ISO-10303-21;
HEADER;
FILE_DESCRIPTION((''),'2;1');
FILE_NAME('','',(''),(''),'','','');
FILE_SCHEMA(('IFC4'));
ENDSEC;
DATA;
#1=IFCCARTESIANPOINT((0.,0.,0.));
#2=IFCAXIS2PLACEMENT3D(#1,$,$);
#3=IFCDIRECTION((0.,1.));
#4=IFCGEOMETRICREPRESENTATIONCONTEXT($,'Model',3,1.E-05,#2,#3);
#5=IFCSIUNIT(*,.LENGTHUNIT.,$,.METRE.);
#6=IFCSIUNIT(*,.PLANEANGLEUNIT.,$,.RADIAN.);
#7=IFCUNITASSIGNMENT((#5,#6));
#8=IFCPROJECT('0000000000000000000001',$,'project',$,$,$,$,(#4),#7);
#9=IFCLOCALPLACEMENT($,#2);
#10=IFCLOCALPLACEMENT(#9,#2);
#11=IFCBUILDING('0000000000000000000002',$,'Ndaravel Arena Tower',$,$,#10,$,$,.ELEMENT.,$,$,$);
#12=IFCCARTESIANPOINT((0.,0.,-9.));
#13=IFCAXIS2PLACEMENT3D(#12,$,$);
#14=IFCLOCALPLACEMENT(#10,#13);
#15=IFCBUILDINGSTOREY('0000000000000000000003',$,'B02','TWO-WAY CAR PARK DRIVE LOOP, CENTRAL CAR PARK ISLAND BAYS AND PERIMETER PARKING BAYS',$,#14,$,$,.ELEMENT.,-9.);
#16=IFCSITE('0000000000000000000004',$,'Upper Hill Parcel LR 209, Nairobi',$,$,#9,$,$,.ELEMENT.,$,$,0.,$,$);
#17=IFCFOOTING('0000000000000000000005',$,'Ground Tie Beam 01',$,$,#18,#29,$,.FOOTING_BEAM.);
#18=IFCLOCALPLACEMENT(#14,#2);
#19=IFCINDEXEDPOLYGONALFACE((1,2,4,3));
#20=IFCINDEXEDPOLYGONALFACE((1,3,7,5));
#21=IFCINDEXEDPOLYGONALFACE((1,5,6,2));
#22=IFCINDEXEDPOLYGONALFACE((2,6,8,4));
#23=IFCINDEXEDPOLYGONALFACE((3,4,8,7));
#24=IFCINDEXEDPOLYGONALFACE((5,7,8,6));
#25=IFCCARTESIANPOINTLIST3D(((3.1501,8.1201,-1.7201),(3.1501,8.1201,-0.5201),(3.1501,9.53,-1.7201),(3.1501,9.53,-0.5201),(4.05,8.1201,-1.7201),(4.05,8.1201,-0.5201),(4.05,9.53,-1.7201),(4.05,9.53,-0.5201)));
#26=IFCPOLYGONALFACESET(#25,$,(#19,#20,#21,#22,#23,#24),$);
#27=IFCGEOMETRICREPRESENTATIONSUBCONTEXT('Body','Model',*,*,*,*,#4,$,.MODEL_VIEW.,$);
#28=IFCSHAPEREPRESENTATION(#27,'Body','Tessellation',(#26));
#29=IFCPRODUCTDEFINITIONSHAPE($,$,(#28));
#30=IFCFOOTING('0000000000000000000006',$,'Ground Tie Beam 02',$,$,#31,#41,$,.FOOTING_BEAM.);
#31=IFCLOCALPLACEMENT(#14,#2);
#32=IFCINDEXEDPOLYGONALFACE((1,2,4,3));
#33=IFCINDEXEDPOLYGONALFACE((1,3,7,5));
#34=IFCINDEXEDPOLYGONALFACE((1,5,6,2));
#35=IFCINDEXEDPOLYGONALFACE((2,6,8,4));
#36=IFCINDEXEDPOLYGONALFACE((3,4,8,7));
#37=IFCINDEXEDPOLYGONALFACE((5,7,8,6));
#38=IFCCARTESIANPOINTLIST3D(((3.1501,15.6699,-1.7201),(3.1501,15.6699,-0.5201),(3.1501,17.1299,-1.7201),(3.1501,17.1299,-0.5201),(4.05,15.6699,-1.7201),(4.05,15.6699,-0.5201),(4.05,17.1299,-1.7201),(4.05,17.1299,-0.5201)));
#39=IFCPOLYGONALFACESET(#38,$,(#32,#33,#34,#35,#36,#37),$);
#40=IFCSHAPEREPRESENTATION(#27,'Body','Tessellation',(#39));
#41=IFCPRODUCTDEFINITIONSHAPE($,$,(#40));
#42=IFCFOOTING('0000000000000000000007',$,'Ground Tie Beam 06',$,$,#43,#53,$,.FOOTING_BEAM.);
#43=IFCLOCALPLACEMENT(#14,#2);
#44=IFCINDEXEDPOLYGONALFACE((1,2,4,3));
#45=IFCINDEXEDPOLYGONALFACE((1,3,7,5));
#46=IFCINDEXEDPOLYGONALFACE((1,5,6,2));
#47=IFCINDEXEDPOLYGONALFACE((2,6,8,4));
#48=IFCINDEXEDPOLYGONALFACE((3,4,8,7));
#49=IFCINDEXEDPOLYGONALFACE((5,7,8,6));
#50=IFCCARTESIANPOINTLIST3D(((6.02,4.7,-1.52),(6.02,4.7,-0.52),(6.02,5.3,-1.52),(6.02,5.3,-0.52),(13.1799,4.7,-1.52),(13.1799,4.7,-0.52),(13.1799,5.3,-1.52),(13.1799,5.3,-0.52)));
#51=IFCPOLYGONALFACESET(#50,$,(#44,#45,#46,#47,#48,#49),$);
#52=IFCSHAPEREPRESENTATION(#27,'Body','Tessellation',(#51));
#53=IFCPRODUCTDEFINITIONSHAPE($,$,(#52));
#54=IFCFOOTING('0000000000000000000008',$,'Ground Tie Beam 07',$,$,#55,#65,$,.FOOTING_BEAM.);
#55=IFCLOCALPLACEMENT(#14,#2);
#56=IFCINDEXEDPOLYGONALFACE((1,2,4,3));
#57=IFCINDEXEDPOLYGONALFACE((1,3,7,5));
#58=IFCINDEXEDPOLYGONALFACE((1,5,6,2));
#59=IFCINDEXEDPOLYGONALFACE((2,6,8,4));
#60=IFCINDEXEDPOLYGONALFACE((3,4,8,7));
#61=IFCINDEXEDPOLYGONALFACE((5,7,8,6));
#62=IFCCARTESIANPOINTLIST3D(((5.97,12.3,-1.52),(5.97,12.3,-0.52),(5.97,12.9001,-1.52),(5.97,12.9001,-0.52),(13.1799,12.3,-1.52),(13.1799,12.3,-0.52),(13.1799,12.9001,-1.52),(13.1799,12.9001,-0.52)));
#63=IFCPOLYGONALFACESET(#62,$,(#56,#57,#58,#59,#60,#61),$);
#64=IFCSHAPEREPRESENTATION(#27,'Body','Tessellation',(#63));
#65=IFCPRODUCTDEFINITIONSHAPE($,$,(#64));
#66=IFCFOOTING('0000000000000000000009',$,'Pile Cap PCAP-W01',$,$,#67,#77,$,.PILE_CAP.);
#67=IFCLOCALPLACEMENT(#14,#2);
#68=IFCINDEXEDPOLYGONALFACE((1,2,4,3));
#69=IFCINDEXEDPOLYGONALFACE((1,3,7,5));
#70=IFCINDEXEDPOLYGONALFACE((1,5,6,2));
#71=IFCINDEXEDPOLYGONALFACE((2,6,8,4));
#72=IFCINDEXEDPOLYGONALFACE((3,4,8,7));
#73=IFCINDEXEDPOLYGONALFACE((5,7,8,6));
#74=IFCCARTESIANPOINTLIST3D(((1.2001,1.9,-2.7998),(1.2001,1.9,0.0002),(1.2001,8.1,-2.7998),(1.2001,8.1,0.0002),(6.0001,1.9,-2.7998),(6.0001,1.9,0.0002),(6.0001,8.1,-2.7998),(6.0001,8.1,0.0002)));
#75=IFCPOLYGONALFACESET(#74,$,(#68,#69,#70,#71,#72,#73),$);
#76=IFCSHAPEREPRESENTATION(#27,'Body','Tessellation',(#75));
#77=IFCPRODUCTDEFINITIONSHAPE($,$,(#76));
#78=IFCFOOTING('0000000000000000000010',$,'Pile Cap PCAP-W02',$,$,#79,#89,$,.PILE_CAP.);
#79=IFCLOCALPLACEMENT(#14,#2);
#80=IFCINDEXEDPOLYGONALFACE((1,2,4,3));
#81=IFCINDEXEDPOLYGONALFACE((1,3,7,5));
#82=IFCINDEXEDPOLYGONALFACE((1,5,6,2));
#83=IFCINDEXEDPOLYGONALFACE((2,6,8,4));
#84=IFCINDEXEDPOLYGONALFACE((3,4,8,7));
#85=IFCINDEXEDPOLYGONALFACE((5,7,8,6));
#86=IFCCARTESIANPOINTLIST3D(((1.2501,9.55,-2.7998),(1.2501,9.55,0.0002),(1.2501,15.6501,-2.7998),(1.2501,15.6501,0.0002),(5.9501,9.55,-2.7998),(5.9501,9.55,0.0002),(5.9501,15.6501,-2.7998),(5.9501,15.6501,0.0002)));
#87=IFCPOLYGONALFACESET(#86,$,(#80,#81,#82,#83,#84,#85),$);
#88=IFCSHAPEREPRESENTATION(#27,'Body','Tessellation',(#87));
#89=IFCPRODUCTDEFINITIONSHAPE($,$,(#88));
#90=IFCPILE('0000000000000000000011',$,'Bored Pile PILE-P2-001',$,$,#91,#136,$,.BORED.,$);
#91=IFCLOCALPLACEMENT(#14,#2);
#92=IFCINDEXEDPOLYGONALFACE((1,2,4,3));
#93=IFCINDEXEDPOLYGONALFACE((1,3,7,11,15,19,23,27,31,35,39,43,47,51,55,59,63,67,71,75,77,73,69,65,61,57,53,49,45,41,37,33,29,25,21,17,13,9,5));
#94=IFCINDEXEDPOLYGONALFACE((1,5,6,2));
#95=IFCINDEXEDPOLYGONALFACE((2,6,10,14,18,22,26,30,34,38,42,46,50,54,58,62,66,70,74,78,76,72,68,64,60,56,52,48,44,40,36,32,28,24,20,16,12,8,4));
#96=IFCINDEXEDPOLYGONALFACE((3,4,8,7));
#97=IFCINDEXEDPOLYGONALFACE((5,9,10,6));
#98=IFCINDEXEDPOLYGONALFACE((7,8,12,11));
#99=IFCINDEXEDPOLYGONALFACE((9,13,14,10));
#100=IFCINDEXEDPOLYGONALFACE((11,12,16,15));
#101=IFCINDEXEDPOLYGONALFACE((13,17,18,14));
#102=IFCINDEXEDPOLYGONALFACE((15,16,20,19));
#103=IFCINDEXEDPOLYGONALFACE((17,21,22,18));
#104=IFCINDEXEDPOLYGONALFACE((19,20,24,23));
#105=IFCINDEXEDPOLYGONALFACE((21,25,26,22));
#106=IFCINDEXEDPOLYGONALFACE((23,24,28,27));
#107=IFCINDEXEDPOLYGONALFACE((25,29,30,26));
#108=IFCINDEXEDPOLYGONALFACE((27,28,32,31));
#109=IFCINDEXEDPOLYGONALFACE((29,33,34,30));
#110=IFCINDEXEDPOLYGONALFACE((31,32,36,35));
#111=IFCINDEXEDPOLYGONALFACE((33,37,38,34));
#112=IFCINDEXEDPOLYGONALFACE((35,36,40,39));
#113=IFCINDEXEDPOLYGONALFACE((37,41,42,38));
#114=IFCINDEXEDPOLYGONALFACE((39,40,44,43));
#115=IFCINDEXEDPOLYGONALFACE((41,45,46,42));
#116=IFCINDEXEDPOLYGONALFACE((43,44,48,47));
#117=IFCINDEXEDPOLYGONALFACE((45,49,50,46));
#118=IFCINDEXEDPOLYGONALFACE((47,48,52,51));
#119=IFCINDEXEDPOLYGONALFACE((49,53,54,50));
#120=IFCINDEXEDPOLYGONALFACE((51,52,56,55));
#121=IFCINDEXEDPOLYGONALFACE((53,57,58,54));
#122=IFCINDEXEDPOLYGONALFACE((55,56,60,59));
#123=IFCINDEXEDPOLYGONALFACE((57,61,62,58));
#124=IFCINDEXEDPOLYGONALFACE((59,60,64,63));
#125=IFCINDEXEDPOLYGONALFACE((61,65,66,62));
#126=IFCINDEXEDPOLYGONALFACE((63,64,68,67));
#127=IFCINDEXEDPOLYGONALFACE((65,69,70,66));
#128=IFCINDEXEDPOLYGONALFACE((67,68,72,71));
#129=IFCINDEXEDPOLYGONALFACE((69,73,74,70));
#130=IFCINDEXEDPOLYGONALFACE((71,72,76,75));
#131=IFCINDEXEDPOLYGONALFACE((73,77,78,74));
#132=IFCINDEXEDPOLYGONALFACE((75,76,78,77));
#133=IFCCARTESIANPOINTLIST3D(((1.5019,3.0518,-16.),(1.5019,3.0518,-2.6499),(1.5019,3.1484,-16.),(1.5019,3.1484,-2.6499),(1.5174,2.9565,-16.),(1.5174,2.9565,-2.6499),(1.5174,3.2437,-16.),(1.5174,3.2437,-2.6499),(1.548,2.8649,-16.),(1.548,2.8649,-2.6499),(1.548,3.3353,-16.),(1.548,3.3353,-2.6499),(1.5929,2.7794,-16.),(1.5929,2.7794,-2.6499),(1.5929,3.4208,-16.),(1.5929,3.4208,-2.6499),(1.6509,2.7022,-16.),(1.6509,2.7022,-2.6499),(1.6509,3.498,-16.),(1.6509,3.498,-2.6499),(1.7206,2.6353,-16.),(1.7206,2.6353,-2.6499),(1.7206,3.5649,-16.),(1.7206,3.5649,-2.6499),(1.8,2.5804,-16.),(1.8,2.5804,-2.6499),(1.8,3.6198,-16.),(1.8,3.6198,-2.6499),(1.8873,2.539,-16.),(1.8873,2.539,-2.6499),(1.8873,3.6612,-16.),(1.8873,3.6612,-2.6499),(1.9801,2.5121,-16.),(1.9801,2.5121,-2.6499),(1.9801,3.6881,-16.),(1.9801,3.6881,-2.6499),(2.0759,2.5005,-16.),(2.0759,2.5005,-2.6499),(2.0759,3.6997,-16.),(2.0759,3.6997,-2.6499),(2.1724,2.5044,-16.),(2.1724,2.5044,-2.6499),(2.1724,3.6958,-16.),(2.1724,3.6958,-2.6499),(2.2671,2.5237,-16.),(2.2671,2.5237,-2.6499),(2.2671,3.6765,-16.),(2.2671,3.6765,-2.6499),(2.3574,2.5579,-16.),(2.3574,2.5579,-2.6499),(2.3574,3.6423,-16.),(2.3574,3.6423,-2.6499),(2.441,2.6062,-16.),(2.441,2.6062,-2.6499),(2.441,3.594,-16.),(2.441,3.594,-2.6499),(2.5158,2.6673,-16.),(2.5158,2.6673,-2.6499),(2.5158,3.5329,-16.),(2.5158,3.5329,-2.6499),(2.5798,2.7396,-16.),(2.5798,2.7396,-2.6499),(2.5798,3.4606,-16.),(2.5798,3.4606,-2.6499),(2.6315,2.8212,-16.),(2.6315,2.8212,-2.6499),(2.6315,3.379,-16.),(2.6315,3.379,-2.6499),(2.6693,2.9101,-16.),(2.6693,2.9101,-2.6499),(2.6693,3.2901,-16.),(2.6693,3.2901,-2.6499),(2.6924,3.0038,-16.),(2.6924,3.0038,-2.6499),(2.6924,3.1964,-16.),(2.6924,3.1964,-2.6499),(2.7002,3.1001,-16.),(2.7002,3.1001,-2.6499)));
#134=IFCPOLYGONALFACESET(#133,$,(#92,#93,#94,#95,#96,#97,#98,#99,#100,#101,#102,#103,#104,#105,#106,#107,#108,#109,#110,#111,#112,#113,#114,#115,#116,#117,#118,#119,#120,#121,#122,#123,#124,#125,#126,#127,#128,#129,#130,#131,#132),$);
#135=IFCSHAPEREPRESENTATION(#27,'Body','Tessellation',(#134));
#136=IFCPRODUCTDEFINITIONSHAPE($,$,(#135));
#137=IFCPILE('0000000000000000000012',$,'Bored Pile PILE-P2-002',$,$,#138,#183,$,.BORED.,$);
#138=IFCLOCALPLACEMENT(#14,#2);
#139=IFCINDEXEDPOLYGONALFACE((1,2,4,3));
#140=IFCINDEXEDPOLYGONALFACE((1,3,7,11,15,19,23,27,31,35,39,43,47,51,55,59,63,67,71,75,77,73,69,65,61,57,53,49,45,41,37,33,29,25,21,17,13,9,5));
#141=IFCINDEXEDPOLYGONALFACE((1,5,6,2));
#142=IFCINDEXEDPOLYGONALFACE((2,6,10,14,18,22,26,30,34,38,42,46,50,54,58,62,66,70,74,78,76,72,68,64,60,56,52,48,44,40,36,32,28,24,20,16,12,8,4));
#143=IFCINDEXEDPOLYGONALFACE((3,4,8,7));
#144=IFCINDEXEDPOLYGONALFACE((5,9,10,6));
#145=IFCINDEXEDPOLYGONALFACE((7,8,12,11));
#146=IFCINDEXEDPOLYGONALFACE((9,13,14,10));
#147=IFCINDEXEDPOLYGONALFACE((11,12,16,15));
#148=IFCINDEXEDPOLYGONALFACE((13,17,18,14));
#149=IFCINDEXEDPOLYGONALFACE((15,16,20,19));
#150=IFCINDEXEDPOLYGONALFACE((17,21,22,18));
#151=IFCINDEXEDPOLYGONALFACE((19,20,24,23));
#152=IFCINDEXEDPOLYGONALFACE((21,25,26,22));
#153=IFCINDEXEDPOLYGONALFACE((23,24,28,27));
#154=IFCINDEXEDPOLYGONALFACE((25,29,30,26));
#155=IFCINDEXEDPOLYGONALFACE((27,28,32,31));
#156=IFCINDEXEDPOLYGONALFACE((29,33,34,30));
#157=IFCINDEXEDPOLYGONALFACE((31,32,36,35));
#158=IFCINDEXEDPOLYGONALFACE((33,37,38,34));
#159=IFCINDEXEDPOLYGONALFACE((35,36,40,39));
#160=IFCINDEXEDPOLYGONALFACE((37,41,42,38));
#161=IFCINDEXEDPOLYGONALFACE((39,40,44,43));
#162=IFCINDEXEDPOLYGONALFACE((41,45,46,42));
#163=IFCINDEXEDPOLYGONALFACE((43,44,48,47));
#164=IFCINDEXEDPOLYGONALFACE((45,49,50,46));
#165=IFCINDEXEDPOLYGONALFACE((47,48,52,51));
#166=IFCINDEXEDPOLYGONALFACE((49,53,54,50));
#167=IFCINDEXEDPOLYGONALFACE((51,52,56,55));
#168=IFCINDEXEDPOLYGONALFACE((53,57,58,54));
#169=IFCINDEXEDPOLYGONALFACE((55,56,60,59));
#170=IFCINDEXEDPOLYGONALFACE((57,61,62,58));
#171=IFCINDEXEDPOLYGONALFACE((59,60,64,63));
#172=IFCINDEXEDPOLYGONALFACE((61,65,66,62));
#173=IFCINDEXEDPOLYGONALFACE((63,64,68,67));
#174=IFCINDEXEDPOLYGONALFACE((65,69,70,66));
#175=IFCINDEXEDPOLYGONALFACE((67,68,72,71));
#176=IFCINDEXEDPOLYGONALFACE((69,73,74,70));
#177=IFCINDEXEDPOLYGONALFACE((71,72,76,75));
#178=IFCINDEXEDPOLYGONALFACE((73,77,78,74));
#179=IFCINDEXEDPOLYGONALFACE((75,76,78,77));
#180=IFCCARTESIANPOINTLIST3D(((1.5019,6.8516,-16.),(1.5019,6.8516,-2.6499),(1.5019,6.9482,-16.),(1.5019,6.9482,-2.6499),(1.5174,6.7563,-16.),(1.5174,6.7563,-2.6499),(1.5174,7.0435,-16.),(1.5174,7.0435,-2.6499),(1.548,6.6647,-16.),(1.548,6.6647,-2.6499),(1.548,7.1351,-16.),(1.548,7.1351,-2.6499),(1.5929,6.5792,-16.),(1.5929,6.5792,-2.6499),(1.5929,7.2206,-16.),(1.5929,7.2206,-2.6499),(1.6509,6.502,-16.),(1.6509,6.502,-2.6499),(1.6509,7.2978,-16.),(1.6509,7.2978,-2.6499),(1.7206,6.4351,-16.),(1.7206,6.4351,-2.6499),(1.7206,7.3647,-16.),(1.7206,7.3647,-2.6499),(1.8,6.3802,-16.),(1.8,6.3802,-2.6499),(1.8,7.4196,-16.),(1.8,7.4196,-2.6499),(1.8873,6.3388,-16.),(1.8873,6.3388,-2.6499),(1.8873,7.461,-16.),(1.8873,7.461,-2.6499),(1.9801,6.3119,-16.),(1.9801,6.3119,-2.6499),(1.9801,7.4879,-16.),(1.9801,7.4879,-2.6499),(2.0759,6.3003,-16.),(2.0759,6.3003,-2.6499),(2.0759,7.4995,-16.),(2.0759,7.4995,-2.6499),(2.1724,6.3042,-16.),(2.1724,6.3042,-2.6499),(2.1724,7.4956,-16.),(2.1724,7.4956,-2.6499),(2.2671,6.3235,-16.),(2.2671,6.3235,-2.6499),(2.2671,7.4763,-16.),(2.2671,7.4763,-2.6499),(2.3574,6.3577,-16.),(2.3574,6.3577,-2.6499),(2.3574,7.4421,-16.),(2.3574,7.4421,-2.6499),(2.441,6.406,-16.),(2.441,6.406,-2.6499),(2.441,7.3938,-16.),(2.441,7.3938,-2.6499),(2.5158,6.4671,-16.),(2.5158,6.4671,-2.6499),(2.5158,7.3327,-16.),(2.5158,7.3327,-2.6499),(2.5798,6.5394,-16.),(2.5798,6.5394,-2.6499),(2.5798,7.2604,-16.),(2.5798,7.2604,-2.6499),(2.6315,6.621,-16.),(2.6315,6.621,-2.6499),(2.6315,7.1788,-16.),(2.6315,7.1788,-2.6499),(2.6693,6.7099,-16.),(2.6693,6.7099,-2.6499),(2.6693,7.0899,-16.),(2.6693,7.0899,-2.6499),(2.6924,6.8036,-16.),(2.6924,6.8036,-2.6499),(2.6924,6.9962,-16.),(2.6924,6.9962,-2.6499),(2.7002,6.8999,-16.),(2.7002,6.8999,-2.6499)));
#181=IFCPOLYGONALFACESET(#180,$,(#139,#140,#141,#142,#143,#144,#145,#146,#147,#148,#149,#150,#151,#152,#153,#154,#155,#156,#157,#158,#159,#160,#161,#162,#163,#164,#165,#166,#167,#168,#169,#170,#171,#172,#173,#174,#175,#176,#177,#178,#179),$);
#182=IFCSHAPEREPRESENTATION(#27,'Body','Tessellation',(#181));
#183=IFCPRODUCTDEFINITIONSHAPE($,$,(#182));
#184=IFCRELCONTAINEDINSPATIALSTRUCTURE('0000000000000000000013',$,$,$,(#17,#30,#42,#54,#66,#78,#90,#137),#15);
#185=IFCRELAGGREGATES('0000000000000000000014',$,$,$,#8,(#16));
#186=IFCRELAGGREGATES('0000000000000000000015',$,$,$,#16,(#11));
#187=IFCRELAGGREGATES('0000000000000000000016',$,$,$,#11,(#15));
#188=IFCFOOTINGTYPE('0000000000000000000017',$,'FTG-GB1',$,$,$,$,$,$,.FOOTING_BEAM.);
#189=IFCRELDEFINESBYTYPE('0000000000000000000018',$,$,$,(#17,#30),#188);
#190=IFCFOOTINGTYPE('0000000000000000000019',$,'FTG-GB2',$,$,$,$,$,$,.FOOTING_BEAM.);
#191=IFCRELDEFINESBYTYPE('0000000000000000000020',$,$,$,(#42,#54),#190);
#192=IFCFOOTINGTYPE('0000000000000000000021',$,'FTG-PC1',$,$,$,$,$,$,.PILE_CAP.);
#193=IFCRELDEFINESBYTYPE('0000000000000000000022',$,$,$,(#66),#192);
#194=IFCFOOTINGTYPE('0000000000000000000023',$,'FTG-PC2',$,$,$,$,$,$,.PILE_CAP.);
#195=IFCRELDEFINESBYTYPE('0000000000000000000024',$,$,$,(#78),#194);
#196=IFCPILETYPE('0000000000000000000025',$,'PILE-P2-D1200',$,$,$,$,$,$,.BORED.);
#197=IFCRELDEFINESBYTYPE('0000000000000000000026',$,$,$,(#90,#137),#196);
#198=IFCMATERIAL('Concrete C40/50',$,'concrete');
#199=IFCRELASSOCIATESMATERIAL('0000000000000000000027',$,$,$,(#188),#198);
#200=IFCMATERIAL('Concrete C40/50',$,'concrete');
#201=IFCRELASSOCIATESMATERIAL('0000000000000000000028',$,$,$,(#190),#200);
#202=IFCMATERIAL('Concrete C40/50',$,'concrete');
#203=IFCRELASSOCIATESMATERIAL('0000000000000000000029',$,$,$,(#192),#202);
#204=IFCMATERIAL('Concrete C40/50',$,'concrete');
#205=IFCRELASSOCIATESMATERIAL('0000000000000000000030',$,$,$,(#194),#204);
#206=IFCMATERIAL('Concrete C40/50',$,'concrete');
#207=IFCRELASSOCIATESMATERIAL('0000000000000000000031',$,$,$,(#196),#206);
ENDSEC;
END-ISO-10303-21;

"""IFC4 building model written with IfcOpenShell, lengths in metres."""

from ifc_helpers import new_model, si_unit, direction, frame, origin, origin_2d, place, context, subcontext, project, spatial, rectangle, circle, extrude, material, material_profile, profile_set, type_object, element, save


model = new_model("IFC4")

# Units and contexts
model_context = context("Model", 3, precision=1e-05, world=origin(), true_north=direction((0.0, 1.0)))
body_context = subcontext(model_context, "Body", "Model", "MODEL_VIEW")
ifc_project = project(units=[si_unit("LENGTHUNIT", "METRE"), si_unit("PLANEANGLEUNIT", "RADIAN")], contexts=[model_context])

# Site, building, storey
site_placement = place(None, origin())
site = spatial("IfcSite", under=ifc_project, at=site_placement, Name="Upper Hill Parcel LR 209, Nairobi", CompositionType="ELEMENT", RefElevation=0.0)
building_placement = place(site_placement, origin())
building = spatial("IfcBuilding", under=site, at=building_placement, Name="Ndaravel Arena Tower", CompositionType="ELEMENT")
storey_placement = place(building_placement, frame((0.0, 0.0, -9.0)))
storey = spatial("IfcBuildingStorey", under=building, at=storey_placement, Name="B02", Description="TWO-WAY CAR PARK DRIVE LOOP, CENTRAL CAR PARK ISLAND BAYS AND PERIMETER PARKING BAYS", CompositionType="ELEMENT", Elevation=-9.0)

# Footings
ifc_material_1 = material(Name="Concrete C40/50", Category="concrete")
ifc_material_profile_1 = material_profile(ifc_material_1, rectangle(XDim=0.8999, YDim=1.2, at=origin_2d()), Name="RC 900x1200")
ifc_profile_set_1 = profile_set([ifc_material_profile_1], Name="Concrete C40/50")
footing_type_1 = type_object("IfcFootingType", Name="FTG-GB1", PredefinedType="FOOTING_BEAM", material=ifc_profile_set_1)
footing_1_placement = place(storey_placement, frame((3.6001, 8.1201, -1.1201), z_axis=(0.0, 1.0, 0.0), x_axis=(-1.0, 0.0, 0.0)))
element("IfcFooting", 1, at=footing_1_placement, inside=storey, type_object=footing_type_1, Name="Ground Tie Beam 01", PredefinedType="FOOTING_BEAM", context=body_context, shape_type="SweptSolid", body=[
    extrude(rectangle(XDim=0.8999, YDim=1.2, at=origin_2d()), origin(), (0.0, 0.0, 1.0), 1.4099),
])
footing_2_placement = place(storey_placement, frame((3.6001, 15.6699, -1.1201), z_axis=(0.0, 1.0, 0.0), x_axis=(-1.0, 0.0, 0.0)))
element("IfcFooting", 2, at=footing_2_placement, inside=storey, type_object=footing_type_1, Name="Ground Tie Beam 02", PredefinedType="FOOTING_BEAM", context=body_context, shape_type="SweptSolid", body=[
    extrude(rectangle(XDim=0.8999, YDim=1.2, at=origin_2d()), origin(), (0.0, 0.0, 1.0), 1.46),
])
ifc_material_2 = material(Name="Concrete C40/50", Category="concrete")
ifc_material_profile_2 = material_profile(ifc_material_2, rectangle(XDim=0.6001, YDim=1.0, at=origin_2d()), Name="RC 600x1000")
ifc_profile_set_2 = profile_set([ifc_material_profile_2], Name="Concrete C40/50")
footing_type_2 = type_object("IfcFootingType", Name="FTG-GB2", PredefinedType="FOOTING_BEAM", material=ifc_profile_set_2)
footing_3_placement = place(storey_placement, frame((6.02, 5.0, -1.02), z_axis=(1.0, 0.0, 0.0), x_axis=(0.0, 1.0, 0.0)))
element("IfcFooting", 3, at=footing_3_placement, inside=storey, type_object=footing_type_2, Name="Ground Tie Beam 06", PredefinedType="FOOTING_BEAM", context=body_context, shape_type="SweptSolid", body=[
    extrude(rectangle(XDim=0.6001, YDim=1.0, at=origin_2d()), origin(), (0.0, 0.0, 1.0), 7.1599),
])
footing_4_placement = place(storey_placement, frame((5.97, 12.6001, -1.02), z_axis=(1.0, 0.0, 0.0), x_axis=(0.0, 1.0, 0.0)))
element("IfcFooting", 4, at=footing_4_placement, inside=storey, type_object=footing_type_2, Name="Ground Tie Beam 07", PredefinedType="FOOTING_BEAM", context=body_context, shape_type="SweptSolid", body=[
    extrude(rectangle(XDim=0.6001, YDim=1.0, at=origin_2d()), origin(), (0.0, 0.0, 1.0), 7.21),
])
ifc_material_3 = material(Name="Concrete C40/50", Category="concrete")
footing_type_3 = type_object("IfcFootingType", Name="FTG-PC1", PredefinedType="PILE_CAP", material=ifc_material_3)
footing_5_placement = place(storey_placement, frame((3.6001, 5.0, -2.7998), z_axis=(0.0, 0.0, 1.0), x_axis=(1.0, 0.0, 0.0)))
element("IfcFooting", 5, at=footing_5_placement, inside=storey, type_object=footing_type_3, Name="Pile Cap PCAP-W01", PredefinedType="PILE_CAP", context=body_context, shape_type="SweptSolid", body=[
    extrude(rectangle(XDim=4.8, YDim=6.2, at=origin_2d()), origin(), (0.0, 0.0, 1.0), 2.8),
])
ifc_material_4 = material(Name="Concrete C40/50", Category="concrete")
footing_type_4 = type_object("IfcFootingType", Name="FTG-PC2", PredefinedType="PILE_CAP", material=ifc_material_4)
footing_6_placement = place(storey_placement, frame((3.6001, 12.6001, -2.7998), z_axis=(0.0, 0.0, 1.0), x_axis=(1.0, 0.0, 0.0)))
element("IfcFooting", 6, at=footing_6_placement, inside=storey, type_object=footing_type_4, Name="Pile Cap PCAP-W02", PredefinedType="PILE_CAP", context=body_context, shape_type="SweptSolid", body=[
    extrude(rectangle(XDim=4.7, YDim=6.1001, at=origin_2d()), origin(), (0.0, 0.0, 1.0), 2.8),
])

# Piles
ifc_material_5 = material(Name="Concrete C40/50", Category="concrete")
ifc_material_profile_3 = material_profile(ifc_material_5, circle(Radius=0.6001, at=origin_2d()), Name="BORED PILE D1200")
ifc_profile_set_3 = profile_set([ifc_material_profile_3], Name="Concrete C40/50")
pile_type = type_object("IfcPileType", Name="PILE-P2-D1200", PredefinedType="BORED", material=ifc_profile_set_3)
for number, where, z_axis, x_axis, name in (
    (7, (2.1001, 3.1001, -2.6499), (0.0, 0.0, -1.0), (1.0, 0.0, 0.0), "Bored Pile PILE-P2-001"),
    (8, (2.1001, 6.8999, -2.6499), (0.0, 0.0, -1.0), (1.0, 0.0, 0.0), "Bored Pile PILE-P2-002"),
):
    element("IfcPile", number, at=place(storey_placement, frame(where, z_axis=z_axis, x_axis=x_axis)), inside=storey, type_object=pile_type, Name=name, PredefinedType="BORED", context=body_context, shape_type="SweptSolid", body=[
        extrude(circle(Radius=0.6001, at=origin_2d()), origin(), (0.0, 0.0, 1.0), 13.3501),
    ])

save(model, "model.ifc")
